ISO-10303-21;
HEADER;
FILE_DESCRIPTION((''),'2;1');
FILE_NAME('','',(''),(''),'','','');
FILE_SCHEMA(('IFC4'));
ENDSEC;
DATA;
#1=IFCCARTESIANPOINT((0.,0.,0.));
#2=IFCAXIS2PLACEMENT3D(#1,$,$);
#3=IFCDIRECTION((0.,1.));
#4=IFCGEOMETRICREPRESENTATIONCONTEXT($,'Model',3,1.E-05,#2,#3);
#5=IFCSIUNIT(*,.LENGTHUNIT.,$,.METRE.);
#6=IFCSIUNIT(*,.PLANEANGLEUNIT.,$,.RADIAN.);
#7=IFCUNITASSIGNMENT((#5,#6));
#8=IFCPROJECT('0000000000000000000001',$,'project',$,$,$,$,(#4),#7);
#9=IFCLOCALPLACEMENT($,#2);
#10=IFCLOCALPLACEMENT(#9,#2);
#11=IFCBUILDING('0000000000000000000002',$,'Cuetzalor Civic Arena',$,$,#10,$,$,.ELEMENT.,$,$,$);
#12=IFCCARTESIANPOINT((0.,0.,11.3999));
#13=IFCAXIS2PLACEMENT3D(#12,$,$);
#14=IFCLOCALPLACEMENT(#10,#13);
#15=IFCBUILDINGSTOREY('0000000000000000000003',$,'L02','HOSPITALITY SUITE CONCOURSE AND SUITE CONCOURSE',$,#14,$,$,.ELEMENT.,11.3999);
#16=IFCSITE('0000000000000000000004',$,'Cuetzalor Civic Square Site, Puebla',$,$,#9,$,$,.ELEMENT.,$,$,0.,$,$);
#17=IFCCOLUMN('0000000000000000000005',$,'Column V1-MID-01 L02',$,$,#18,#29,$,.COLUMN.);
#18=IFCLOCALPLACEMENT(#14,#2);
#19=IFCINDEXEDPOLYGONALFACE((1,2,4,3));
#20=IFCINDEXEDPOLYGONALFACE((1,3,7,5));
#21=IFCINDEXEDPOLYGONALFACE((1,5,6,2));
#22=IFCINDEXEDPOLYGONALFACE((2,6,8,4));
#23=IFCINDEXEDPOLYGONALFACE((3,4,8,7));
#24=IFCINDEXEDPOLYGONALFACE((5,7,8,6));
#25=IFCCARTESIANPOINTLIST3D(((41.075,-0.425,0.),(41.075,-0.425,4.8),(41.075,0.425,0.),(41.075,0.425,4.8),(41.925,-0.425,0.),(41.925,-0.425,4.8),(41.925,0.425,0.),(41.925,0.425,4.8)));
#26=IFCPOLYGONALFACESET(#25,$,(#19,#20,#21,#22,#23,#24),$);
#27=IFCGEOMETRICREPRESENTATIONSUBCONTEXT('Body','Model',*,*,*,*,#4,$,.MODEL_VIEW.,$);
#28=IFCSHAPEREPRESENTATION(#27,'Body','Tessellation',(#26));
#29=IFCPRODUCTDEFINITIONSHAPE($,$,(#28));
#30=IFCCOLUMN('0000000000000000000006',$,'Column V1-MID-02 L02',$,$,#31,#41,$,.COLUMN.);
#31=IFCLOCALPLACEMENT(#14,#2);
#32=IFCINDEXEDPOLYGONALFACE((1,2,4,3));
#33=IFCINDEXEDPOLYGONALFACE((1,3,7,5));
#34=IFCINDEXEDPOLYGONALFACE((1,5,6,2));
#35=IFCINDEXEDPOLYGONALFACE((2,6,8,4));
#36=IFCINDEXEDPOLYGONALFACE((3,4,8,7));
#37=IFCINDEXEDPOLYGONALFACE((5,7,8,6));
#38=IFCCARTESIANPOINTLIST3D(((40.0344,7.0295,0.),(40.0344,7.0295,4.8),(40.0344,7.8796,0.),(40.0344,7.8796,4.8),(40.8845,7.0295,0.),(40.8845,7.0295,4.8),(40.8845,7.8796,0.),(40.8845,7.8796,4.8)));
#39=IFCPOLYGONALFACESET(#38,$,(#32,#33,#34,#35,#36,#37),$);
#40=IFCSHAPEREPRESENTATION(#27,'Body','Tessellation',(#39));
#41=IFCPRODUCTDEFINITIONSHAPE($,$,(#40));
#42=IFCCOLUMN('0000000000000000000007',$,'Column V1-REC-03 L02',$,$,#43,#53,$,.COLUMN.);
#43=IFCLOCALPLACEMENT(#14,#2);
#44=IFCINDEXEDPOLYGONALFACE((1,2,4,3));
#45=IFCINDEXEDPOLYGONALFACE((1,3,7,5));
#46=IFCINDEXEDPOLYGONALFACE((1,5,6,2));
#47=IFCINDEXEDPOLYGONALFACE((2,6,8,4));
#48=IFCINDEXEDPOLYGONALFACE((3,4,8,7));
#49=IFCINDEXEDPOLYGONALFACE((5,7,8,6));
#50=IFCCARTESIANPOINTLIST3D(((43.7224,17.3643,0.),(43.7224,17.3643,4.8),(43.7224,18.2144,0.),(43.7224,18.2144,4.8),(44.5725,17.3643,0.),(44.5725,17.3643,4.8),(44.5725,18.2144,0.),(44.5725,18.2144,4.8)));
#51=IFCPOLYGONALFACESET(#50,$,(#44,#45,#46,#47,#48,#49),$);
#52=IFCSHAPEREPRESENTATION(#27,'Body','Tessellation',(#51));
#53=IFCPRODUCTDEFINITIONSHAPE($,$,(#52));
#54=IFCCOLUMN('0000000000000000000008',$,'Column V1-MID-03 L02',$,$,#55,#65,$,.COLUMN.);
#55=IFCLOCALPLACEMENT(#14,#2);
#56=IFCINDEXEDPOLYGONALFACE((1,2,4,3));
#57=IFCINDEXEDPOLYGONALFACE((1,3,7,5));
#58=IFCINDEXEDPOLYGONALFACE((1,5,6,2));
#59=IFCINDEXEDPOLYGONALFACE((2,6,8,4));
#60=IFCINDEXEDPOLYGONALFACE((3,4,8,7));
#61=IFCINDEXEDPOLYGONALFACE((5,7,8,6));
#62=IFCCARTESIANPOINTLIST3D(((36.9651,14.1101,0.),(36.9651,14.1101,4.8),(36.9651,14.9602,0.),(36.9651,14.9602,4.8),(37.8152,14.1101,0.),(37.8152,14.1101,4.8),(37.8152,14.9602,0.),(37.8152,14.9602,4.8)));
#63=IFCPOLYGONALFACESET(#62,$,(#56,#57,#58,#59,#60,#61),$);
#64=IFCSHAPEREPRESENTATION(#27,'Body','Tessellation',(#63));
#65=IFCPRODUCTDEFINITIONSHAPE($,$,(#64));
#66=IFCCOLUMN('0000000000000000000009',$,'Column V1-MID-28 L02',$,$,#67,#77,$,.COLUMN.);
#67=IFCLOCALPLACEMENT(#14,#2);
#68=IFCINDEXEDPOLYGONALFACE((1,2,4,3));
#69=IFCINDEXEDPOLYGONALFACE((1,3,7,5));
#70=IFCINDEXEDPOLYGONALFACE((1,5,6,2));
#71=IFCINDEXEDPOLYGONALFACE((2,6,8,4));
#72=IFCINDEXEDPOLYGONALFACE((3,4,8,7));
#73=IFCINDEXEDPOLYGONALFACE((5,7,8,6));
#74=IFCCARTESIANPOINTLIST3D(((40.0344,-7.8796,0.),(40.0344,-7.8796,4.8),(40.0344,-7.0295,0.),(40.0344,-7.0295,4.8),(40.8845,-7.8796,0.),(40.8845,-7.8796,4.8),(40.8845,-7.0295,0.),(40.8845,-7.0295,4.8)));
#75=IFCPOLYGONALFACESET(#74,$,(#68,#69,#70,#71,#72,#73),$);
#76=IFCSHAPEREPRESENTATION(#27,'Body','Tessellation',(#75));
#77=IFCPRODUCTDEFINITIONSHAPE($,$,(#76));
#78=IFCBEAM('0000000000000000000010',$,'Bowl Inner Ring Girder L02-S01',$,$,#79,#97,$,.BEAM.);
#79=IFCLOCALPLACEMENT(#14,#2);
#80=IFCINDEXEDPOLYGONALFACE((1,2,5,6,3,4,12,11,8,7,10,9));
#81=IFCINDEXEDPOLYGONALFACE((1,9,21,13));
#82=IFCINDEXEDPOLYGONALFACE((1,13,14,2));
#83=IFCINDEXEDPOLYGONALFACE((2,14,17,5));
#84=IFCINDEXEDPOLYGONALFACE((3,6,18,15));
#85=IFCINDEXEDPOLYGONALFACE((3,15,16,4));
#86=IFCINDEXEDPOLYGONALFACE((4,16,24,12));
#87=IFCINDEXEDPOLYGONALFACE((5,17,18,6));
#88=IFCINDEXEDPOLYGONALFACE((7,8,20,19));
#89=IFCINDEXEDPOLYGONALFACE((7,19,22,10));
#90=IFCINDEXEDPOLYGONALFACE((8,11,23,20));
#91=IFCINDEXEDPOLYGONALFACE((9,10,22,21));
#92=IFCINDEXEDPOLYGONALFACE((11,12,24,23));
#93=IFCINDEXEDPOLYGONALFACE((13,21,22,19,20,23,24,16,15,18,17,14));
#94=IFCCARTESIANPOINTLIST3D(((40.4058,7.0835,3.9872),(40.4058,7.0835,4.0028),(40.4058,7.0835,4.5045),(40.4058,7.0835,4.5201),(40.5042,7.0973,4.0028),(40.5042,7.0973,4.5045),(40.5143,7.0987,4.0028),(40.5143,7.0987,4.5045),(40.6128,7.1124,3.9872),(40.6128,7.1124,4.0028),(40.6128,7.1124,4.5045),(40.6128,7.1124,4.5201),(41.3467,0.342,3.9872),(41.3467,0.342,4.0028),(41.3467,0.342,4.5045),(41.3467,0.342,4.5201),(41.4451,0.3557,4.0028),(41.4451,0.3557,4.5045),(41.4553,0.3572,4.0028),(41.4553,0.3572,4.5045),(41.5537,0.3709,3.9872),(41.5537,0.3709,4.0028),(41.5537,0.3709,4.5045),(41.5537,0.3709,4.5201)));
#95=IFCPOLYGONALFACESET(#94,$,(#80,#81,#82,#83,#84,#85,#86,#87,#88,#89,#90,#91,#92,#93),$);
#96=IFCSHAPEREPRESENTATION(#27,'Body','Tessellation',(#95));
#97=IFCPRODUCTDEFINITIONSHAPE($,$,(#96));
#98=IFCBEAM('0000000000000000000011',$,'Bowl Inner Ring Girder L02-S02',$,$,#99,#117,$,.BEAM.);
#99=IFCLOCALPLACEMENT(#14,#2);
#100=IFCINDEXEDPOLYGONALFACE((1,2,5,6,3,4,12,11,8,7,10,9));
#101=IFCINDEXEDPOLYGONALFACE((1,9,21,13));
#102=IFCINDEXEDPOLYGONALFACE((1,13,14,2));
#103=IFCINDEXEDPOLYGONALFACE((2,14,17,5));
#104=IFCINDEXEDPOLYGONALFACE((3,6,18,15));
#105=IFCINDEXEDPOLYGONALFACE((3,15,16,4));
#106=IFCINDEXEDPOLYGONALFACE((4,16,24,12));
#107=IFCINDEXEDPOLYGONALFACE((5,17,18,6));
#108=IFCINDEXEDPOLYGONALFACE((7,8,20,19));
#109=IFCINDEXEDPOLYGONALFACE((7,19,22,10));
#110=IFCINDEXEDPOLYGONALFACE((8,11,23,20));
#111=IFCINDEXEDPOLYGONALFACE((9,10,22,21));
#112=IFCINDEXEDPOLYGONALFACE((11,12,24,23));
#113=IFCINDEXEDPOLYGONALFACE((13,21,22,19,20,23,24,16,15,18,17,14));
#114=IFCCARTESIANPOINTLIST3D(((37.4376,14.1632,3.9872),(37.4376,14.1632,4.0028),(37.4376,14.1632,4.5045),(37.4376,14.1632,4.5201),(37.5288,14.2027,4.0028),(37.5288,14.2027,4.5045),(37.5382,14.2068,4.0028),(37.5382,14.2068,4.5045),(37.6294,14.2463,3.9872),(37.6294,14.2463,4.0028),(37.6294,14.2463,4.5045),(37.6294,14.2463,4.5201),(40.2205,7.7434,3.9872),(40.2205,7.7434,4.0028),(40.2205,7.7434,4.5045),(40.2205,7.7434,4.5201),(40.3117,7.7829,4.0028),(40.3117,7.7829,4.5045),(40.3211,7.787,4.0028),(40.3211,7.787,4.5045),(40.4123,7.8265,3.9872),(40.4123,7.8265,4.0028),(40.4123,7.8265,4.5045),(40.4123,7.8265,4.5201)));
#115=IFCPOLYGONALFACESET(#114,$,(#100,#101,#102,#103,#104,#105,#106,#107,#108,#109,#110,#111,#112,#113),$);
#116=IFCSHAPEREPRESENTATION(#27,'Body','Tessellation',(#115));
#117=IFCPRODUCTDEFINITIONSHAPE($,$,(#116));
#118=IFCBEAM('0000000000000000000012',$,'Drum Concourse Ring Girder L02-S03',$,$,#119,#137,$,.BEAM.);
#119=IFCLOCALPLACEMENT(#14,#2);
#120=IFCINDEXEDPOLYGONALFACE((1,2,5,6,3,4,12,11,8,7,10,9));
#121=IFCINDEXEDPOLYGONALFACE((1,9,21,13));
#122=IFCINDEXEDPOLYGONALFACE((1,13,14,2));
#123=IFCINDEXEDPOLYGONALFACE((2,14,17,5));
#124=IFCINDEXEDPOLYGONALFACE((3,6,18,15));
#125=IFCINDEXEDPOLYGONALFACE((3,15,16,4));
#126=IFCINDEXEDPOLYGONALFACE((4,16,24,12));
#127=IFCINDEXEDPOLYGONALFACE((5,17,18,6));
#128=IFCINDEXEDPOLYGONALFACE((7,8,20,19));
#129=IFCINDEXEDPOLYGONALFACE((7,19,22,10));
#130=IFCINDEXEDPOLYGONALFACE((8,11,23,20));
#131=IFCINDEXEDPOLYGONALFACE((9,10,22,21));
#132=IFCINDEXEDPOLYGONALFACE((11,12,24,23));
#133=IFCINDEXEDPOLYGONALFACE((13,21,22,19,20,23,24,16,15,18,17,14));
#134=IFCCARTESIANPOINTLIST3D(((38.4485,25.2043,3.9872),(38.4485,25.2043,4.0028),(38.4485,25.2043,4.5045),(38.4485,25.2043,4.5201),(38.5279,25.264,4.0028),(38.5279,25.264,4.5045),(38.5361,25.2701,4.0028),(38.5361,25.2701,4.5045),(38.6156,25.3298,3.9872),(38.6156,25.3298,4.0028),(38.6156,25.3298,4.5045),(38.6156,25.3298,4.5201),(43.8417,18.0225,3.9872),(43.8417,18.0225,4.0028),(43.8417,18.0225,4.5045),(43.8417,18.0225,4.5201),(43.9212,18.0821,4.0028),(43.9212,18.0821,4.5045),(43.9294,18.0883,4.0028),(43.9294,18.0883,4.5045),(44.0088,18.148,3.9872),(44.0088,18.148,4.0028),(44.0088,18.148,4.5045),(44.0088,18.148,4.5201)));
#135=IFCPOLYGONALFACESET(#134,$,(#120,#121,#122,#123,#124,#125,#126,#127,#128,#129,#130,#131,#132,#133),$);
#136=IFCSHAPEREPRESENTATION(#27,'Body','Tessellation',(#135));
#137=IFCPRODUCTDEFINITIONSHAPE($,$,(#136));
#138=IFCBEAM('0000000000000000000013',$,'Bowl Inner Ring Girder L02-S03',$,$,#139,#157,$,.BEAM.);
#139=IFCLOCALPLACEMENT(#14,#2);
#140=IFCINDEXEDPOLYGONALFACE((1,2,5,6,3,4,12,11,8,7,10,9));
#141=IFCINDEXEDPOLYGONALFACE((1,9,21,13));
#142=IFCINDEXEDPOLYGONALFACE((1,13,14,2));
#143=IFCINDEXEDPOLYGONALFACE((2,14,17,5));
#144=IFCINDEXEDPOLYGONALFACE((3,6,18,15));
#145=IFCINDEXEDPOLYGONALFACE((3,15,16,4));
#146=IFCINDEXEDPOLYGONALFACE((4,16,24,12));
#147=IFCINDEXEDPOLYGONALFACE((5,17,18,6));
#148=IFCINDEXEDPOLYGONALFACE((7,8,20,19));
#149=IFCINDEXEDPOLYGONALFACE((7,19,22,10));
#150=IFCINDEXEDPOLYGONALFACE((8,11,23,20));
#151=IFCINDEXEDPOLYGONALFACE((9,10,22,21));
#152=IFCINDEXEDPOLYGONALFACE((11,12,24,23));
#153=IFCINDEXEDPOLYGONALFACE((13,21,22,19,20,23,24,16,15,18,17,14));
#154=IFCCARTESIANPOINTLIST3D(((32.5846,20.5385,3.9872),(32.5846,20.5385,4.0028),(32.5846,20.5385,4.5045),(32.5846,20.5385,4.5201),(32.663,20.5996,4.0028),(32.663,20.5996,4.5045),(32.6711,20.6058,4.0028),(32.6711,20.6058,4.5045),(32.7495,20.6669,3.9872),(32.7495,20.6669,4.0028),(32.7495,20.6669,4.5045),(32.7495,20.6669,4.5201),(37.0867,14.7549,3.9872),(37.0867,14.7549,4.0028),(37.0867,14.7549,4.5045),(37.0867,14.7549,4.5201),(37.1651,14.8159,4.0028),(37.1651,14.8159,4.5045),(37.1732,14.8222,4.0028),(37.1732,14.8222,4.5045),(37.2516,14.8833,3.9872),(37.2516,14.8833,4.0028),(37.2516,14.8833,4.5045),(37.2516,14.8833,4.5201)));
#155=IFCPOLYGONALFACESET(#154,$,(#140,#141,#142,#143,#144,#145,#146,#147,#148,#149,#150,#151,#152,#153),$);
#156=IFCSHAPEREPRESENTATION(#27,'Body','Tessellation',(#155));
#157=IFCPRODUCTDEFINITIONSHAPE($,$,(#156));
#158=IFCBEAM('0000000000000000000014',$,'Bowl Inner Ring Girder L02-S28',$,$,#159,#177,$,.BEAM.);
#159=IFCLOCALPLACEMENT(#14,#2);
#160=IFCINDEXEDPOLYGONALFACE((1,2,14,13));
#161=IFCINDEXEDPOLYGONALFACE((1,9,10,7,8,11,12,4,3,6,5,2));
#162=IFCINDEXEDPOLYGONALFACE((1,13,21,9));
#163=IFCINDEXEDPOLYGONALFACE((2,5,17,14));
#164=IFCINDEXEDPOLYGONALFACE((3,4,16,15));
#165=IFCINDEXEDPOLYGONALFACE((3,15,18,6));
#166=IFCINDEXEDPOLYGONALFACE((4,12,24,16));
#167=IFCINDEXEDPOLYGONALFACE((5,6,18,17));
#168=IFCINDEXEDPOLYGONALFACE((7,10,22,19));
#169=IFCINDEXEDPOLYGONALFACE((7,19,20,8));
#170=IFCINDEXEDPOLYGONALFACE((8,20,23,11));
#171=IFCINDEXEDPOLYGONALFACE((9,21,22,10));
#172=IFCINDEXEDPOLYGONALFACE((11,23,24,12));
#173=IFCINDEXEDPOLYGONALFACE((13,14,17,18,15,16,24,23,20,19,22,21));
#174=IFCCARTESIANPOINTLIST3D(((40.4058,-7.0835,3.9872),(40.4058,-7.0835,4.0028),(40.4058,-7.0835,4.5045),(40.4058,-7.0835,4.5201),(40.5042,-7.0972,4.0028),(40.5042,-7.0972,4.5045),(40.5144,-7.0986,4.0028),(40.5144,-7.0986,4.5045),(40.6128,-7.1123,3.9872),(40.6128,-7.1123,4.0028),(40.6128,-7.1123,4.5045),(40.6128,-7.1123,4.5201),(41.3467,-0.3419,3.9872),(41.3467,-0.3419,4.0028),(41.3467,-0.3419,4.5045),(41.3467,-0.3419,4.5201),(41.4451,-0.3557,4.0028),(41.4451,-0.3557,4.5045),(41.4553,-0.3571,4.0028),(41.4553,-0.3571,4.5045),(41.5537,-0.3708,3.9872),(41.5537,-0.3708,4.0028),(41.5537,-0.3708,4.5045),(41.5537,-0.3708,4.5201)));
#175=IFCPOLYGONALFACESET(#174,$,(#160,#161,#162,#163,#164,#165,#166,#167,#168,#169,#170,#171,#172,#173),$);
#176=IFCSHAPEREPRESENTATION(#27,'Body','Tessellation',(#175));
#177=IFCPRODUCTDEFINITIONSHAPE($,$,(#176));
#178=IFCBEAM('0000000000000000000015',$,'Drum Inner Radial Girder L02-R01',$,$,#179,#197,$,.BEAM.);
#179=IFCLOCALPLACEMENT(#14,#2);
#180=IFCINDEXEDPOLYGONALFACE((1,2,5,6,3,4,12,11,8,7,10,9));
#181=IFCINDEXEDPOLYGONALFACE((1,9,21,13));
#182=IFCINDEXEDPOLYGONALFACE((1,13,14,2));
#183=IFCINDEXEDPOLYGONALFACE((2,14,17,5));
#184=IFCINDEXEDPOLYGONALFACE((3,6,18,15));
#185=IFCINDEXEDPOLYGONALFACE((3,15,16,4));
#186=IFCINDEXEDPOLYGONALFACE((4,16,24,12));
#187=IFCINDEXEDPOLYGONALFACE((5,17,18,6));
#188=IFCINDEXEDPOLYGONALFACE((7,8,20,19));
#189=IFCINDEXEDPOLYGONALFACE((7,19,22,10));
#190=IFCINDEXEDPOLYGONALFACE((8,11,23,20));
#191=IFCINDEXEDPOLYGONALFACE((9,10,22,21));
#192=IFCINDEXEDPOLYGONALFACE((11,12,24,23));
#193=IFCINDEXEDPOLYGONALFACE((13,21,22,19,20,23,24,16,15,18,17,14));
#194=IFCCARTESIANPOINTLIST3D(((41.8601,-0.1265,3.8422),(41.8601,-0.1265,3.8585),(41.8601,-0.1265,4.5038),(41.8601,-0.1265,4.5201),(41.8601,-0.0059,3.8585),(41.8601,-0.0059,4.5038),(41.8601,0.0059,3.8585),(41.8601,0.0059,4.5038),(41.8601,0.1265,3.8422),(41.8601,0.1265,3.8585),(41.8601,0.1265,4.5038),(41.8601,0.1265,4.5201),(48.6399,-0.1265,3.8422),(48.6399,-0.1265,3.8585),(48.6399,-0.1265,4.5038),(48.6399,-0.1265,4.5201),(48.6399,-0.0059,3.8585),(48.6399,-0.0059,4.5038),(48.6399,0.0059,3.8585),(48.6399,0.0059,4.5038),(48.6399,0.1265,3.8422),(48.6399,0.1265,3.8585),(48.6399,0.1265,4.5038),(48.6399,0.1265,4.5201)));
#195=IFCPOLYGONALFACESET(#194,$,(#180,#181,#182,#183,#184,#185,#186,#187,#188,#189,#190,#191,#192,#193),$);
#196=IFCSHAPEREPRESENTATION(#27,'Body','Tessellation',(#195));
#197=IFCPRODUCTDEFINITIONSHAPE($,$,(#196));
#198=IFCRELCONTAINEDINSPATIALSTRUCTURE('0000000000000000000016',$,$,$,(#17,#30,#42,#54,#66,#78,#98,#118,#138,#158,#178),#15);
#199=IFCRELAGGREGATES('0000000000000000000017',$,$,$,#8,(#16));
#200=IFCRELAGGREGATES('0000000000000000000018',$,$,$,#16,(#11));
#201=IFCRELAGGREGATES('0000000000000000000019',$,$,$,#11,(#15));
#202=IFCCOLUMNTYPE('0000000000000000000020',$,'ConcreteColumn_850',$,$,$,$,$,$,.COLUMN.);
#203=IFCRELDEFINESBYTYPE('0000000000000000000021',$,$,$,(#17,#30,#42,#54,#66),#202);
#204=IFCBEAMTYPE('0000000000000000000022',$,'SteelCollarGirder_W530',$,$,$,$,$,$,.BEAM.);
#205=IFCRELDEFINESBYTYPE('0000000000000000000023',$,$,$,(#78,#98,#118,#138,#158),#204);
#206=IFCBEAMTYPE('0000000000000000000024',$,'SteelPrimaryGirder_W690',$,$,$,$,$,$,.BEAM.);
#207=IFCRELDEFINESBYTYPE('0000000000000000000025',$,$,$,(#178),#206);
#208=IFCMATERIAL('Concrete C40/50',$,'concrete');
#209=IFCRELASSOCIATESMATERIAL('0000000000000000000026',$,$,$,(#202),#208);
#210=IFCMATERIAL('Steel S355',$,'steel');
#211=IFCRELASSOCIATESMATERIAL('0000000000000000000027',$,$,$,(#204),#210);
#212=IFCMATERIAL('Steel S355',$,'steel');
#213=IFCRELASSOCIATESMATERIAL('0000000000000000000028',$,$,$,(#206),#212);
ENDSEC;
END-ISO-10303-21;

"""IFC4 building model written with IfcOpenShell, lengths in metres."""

from ifc_helpers import new_model, si_unit, direction, frame, origin, origin_2d, place, context, subcontext, project, spatial, rectangle, i_section, extrude, material, material_profile, profile_set, type_object, element, save


model = new_model("IFC4")

# Units and contexts
model_context = context("Model", 3, precision=1e-05, world=origin(), true_north=direction((0.0, 1.0)))
body_context = subcontext(model_context, "Body", "Model", "MODEL_VIEW")
ifc_project = project(units=[si_unit("LENGTHUNIT", "METRE"), si_unit("PLANEANGLEUNIT", "RADIAN")], contexts=[model_context])

# Site, building, storey
site_placement = place(None, origin())
site = spatial("IfcSite", under=ifc_project, at=site_placement, Name="Cuetzalor Civic Square Site, Puebla", CompositionType="ELEMENT", RefElevation=0.0)
building_placement = place(site_placement, origin())
building = spatial("IfcBuilding", under=site, at=building_placement, Name="Cuetzalor Civic Arena", CompositionType="ELEMENT")
storey_placement = place(building_placement, frame((0.0, 0.0, 11.3999)))
storey = spatial("IfcBuildingStorey", under=building, at=storey_placement, Name="L02", Description="HOSPITALITY SUITE CONCOURSE AND SUITE CONCOURSE", CompositionType="ELEMENT", Elevation=11.3999)

# Columns
ifc_material_1 = material(Name="Concrete C40/50", Category="concrete")
ifc_material_profile_1 = material_profile(ifc_material_1, rectangle(XDim=0.8501, YDim=0.8501, at=origin_2d()), Name="RC 850x850")
ifc_profile_set_1 = profile_set([ifc_material_profile_1], Name="Concrete C40/50")
column_type = type_object("IfcColumnType", Name="ConcreteColumn_850", PredefinedType="COLUMN", material=ifc_profile_set_1)
for number, where, z_axis, x_axis, name in (
    (1, (41.5, 0.0, 0.0), (0.0, 0.0, 1.0), (1.0, 0.0, 0.0), "Column V1-MID-01 L02"),
    (2, (40.4595, 7.4546, 0.0), (0.0, 0.0, 1.0), (1.0, 0.0, 0.0), "Column V1-MID-02 L02"),
    (3, (44.1475, 17.7893, 0.0), (0.0, 0.0, 1.0), (1.0, 0.0, 0.0), "Column V1-REC-03 L02"),
    (4, (37.3901, 14.5352, 0.0), (0.0, 0.0, 1.0), (1.0, 0.0, 0.0), "Column V1-MID-03 L02"),
    (5, (40.4595, -7.4546, 0.0), (0.0, 0.0, 1.0), (1.0, 0.0, 0.0), "Column V1-MID-28 L02"),
):
    element("IfcColumn", number, at=place(storey_placement, frame(where, z_axis=z_axis, x_axis=x_axis)), inside=storey, type_object=column_type, Name=name, PredefinedType="COLUMN", context=body_context, shape_type="SweptSolid", body=[
        extrude(rectangle(XDim=0.8501, YDim=0.8501, at=origin_2d()), origin(), (0.0, 0.0, 1.0), 4.8),
    ])

# Beams
ifc_material_2 = material(Name="Steel S355", Category="steel")
ifc_material_profile_2 = material_profile(ifc_material_2, i_section(OverallWidth=0.209, OverallDepth=0.533, WebThickness=0.0103, FlangeThickness=0.0156, at=origin_2d()), Name="W530x92")
ifc_profile_set_2 = profile_set([ifc_material_profile_2], Name="Steel S355")
beam_type_1 = type_object("IfcBeamType", Name="SteelCollarGirder_W530", PredefinedType="BEAM", material=ifc_profile_set_2)
beam_1_placement = place(storey_placement, frame((41.4502, 0.3564, 4.2537), z_axis=(-0.138232, 0.9904, 0.0), x_axis=(-0.9904, -0.138232, 0.0)))
element("IfcBeam", 6, at=beam_1_placement, inside=storey, type_object=beam_type_1, Name="Bowl Inner Ring Girder L02-S01", PredefinedType="BEAM", context=body_context, shape_type="SweptSolid", body=[
    extrude(i_section(OverallWidth=0.209, OverallDepth=0.533, WebThickness=0.0103, FlangeThickness=0.0156, at=origin_2d()), origin(), (0.0, 0.0, 1.0), 6.8069),
])
beam_2_placement = place(storey_placement, frame((40.3164, 7.7849, 4.2537), z_axis=(-0.397727, 0.917504, 0.0), x_axis=(-0.917504, -0.397727, 0.0)))
element("IfcBeam", 7, at=beam_2_placement, inside=storey, type_object=beam_type_1, Name="Bowl Inner Ring Girder L02-S02", PredefinedType="BEAM", context=body_context, shape_type="SweptSolid", body=[
    extrude(i_section(OverallWidth=0.209, OverallDepth=0.533, WebThickness=0.0103, FlangeThickness=0.0156, at=origin_2d()), origin(), (0.0, 0.0, 1.0), 6.9971),
])
beam_3_placement = place(storey_placement, frame((43.9253, 18.0852, 4.2537), z_axis=(-0.600491, 0.799631, 0.0), x_axis=(-0.799631, -0.600491, 0.0)))
element("IfcBeam", 8, at=beam_3_placement, inside=storey, type_object=beam_type_1, Name="Drum Concourse Ring Girder L02-S03", PredefinedType="BEAM", context=body_context, shape_type="SweptSolid", body=[
    extrude(i_section(OverallWidth=0.209, OverallDepth=0.533, WebThickness=0.0103, FlangeThickness=0.0156, at=origin_2d()), origin(), (0.0, 0.0, 1.0), 8.9814),
])
beam_4_placement = place(storey_placement, frame((37.1692, 14.8191, 4.2537), z_axis=(-0.614261, 0.789103, 0.0), x_axis=(-0.789103, -0.614261, 0.0)))
element("IfcBeam", 9, at=beam_4_placement, inside=storey, type_object=beam_type_1, Name="Bowl Inner Ring Girder L02-S03", PredefinedType="BEAM", context=body_context, shape_type="SweptSolid", body=[
    extrude(i_section(OverallWidth=0.209, OverallDepth=0.533, WebThickness=0.0103, FlangeThickness=0.0156, at=origin_2d()), origin(), (0.0, 0.0, 1.0), 7.3293),
])
beam_5_placement = place(storey_placement, frame((40.5093, -7.0979, 4.2537), z_axis=(0.138232, 0.9904, 0.0), x_axis=(-0.9904, 0.138232, 0.0)))
element("IfcBeam", 10, at=beam_5_placement, inside=storey, type_object=beam_type_1, Name="Bowl Inner Ring Girder L02-S28", PredefinedType="BEAM", context=body_context, shape_type="SweptSolid", body=[
    extrude(i_section(OverallWidth=0.209, OverallDepth=0.533, WebThickness=0.0103, FlangeThickness=0.0156, at=origin_2d()), origin(), (0.0, 0.0, 1.0), 6.8069),
])
ifc_material_3 = material(Name="Steel S355", Category="steel")
ifc_material_profile_3 = material_profile(ifc_material_3, i_section(OverallWidth=0.2529, OverallDepth=0.678, WebThickness=0.0117, FlangeThickness=0.0164, at=origin_2d()), Name="W690x125")
ifc_profile_set_3 = profile_set([ifc_material_profile_3], Name="Steel S355")
beam_type_2 = type_object("IfcBeamType", Name="SteelPrimaryGirder_W690", PredefinedType="BEAM", material=ifc_profile_set_3)
for number, where, z_axis, x_axis, name in (
    (11, (41.8601, 0.0, 4.1812), (1.0, 0.0, 0.0), (0.0, 1.0, 0.0), "Drum Inner Radial Girder L02-R01"),
):
    element("IfcBeam", number, at=place(storey_placement, frame(where, z_axis=z_axis, x_axis=x_axis)), inside=storey, type_object=beam_type_2, Name=name, PredefinedType="BEAM", context=body_context, shape_type="SweptSolid", body=[
        extrude(i_section(OverallWidth=0.2529, OverallDepth=0.678, WebThickness=0.0117, FlangeThickness=0.0164, at=origin_2d()), origin(), (0.0, 0.0, 1.0), 6.7798),
    ])

save(model, "model.ifc")
